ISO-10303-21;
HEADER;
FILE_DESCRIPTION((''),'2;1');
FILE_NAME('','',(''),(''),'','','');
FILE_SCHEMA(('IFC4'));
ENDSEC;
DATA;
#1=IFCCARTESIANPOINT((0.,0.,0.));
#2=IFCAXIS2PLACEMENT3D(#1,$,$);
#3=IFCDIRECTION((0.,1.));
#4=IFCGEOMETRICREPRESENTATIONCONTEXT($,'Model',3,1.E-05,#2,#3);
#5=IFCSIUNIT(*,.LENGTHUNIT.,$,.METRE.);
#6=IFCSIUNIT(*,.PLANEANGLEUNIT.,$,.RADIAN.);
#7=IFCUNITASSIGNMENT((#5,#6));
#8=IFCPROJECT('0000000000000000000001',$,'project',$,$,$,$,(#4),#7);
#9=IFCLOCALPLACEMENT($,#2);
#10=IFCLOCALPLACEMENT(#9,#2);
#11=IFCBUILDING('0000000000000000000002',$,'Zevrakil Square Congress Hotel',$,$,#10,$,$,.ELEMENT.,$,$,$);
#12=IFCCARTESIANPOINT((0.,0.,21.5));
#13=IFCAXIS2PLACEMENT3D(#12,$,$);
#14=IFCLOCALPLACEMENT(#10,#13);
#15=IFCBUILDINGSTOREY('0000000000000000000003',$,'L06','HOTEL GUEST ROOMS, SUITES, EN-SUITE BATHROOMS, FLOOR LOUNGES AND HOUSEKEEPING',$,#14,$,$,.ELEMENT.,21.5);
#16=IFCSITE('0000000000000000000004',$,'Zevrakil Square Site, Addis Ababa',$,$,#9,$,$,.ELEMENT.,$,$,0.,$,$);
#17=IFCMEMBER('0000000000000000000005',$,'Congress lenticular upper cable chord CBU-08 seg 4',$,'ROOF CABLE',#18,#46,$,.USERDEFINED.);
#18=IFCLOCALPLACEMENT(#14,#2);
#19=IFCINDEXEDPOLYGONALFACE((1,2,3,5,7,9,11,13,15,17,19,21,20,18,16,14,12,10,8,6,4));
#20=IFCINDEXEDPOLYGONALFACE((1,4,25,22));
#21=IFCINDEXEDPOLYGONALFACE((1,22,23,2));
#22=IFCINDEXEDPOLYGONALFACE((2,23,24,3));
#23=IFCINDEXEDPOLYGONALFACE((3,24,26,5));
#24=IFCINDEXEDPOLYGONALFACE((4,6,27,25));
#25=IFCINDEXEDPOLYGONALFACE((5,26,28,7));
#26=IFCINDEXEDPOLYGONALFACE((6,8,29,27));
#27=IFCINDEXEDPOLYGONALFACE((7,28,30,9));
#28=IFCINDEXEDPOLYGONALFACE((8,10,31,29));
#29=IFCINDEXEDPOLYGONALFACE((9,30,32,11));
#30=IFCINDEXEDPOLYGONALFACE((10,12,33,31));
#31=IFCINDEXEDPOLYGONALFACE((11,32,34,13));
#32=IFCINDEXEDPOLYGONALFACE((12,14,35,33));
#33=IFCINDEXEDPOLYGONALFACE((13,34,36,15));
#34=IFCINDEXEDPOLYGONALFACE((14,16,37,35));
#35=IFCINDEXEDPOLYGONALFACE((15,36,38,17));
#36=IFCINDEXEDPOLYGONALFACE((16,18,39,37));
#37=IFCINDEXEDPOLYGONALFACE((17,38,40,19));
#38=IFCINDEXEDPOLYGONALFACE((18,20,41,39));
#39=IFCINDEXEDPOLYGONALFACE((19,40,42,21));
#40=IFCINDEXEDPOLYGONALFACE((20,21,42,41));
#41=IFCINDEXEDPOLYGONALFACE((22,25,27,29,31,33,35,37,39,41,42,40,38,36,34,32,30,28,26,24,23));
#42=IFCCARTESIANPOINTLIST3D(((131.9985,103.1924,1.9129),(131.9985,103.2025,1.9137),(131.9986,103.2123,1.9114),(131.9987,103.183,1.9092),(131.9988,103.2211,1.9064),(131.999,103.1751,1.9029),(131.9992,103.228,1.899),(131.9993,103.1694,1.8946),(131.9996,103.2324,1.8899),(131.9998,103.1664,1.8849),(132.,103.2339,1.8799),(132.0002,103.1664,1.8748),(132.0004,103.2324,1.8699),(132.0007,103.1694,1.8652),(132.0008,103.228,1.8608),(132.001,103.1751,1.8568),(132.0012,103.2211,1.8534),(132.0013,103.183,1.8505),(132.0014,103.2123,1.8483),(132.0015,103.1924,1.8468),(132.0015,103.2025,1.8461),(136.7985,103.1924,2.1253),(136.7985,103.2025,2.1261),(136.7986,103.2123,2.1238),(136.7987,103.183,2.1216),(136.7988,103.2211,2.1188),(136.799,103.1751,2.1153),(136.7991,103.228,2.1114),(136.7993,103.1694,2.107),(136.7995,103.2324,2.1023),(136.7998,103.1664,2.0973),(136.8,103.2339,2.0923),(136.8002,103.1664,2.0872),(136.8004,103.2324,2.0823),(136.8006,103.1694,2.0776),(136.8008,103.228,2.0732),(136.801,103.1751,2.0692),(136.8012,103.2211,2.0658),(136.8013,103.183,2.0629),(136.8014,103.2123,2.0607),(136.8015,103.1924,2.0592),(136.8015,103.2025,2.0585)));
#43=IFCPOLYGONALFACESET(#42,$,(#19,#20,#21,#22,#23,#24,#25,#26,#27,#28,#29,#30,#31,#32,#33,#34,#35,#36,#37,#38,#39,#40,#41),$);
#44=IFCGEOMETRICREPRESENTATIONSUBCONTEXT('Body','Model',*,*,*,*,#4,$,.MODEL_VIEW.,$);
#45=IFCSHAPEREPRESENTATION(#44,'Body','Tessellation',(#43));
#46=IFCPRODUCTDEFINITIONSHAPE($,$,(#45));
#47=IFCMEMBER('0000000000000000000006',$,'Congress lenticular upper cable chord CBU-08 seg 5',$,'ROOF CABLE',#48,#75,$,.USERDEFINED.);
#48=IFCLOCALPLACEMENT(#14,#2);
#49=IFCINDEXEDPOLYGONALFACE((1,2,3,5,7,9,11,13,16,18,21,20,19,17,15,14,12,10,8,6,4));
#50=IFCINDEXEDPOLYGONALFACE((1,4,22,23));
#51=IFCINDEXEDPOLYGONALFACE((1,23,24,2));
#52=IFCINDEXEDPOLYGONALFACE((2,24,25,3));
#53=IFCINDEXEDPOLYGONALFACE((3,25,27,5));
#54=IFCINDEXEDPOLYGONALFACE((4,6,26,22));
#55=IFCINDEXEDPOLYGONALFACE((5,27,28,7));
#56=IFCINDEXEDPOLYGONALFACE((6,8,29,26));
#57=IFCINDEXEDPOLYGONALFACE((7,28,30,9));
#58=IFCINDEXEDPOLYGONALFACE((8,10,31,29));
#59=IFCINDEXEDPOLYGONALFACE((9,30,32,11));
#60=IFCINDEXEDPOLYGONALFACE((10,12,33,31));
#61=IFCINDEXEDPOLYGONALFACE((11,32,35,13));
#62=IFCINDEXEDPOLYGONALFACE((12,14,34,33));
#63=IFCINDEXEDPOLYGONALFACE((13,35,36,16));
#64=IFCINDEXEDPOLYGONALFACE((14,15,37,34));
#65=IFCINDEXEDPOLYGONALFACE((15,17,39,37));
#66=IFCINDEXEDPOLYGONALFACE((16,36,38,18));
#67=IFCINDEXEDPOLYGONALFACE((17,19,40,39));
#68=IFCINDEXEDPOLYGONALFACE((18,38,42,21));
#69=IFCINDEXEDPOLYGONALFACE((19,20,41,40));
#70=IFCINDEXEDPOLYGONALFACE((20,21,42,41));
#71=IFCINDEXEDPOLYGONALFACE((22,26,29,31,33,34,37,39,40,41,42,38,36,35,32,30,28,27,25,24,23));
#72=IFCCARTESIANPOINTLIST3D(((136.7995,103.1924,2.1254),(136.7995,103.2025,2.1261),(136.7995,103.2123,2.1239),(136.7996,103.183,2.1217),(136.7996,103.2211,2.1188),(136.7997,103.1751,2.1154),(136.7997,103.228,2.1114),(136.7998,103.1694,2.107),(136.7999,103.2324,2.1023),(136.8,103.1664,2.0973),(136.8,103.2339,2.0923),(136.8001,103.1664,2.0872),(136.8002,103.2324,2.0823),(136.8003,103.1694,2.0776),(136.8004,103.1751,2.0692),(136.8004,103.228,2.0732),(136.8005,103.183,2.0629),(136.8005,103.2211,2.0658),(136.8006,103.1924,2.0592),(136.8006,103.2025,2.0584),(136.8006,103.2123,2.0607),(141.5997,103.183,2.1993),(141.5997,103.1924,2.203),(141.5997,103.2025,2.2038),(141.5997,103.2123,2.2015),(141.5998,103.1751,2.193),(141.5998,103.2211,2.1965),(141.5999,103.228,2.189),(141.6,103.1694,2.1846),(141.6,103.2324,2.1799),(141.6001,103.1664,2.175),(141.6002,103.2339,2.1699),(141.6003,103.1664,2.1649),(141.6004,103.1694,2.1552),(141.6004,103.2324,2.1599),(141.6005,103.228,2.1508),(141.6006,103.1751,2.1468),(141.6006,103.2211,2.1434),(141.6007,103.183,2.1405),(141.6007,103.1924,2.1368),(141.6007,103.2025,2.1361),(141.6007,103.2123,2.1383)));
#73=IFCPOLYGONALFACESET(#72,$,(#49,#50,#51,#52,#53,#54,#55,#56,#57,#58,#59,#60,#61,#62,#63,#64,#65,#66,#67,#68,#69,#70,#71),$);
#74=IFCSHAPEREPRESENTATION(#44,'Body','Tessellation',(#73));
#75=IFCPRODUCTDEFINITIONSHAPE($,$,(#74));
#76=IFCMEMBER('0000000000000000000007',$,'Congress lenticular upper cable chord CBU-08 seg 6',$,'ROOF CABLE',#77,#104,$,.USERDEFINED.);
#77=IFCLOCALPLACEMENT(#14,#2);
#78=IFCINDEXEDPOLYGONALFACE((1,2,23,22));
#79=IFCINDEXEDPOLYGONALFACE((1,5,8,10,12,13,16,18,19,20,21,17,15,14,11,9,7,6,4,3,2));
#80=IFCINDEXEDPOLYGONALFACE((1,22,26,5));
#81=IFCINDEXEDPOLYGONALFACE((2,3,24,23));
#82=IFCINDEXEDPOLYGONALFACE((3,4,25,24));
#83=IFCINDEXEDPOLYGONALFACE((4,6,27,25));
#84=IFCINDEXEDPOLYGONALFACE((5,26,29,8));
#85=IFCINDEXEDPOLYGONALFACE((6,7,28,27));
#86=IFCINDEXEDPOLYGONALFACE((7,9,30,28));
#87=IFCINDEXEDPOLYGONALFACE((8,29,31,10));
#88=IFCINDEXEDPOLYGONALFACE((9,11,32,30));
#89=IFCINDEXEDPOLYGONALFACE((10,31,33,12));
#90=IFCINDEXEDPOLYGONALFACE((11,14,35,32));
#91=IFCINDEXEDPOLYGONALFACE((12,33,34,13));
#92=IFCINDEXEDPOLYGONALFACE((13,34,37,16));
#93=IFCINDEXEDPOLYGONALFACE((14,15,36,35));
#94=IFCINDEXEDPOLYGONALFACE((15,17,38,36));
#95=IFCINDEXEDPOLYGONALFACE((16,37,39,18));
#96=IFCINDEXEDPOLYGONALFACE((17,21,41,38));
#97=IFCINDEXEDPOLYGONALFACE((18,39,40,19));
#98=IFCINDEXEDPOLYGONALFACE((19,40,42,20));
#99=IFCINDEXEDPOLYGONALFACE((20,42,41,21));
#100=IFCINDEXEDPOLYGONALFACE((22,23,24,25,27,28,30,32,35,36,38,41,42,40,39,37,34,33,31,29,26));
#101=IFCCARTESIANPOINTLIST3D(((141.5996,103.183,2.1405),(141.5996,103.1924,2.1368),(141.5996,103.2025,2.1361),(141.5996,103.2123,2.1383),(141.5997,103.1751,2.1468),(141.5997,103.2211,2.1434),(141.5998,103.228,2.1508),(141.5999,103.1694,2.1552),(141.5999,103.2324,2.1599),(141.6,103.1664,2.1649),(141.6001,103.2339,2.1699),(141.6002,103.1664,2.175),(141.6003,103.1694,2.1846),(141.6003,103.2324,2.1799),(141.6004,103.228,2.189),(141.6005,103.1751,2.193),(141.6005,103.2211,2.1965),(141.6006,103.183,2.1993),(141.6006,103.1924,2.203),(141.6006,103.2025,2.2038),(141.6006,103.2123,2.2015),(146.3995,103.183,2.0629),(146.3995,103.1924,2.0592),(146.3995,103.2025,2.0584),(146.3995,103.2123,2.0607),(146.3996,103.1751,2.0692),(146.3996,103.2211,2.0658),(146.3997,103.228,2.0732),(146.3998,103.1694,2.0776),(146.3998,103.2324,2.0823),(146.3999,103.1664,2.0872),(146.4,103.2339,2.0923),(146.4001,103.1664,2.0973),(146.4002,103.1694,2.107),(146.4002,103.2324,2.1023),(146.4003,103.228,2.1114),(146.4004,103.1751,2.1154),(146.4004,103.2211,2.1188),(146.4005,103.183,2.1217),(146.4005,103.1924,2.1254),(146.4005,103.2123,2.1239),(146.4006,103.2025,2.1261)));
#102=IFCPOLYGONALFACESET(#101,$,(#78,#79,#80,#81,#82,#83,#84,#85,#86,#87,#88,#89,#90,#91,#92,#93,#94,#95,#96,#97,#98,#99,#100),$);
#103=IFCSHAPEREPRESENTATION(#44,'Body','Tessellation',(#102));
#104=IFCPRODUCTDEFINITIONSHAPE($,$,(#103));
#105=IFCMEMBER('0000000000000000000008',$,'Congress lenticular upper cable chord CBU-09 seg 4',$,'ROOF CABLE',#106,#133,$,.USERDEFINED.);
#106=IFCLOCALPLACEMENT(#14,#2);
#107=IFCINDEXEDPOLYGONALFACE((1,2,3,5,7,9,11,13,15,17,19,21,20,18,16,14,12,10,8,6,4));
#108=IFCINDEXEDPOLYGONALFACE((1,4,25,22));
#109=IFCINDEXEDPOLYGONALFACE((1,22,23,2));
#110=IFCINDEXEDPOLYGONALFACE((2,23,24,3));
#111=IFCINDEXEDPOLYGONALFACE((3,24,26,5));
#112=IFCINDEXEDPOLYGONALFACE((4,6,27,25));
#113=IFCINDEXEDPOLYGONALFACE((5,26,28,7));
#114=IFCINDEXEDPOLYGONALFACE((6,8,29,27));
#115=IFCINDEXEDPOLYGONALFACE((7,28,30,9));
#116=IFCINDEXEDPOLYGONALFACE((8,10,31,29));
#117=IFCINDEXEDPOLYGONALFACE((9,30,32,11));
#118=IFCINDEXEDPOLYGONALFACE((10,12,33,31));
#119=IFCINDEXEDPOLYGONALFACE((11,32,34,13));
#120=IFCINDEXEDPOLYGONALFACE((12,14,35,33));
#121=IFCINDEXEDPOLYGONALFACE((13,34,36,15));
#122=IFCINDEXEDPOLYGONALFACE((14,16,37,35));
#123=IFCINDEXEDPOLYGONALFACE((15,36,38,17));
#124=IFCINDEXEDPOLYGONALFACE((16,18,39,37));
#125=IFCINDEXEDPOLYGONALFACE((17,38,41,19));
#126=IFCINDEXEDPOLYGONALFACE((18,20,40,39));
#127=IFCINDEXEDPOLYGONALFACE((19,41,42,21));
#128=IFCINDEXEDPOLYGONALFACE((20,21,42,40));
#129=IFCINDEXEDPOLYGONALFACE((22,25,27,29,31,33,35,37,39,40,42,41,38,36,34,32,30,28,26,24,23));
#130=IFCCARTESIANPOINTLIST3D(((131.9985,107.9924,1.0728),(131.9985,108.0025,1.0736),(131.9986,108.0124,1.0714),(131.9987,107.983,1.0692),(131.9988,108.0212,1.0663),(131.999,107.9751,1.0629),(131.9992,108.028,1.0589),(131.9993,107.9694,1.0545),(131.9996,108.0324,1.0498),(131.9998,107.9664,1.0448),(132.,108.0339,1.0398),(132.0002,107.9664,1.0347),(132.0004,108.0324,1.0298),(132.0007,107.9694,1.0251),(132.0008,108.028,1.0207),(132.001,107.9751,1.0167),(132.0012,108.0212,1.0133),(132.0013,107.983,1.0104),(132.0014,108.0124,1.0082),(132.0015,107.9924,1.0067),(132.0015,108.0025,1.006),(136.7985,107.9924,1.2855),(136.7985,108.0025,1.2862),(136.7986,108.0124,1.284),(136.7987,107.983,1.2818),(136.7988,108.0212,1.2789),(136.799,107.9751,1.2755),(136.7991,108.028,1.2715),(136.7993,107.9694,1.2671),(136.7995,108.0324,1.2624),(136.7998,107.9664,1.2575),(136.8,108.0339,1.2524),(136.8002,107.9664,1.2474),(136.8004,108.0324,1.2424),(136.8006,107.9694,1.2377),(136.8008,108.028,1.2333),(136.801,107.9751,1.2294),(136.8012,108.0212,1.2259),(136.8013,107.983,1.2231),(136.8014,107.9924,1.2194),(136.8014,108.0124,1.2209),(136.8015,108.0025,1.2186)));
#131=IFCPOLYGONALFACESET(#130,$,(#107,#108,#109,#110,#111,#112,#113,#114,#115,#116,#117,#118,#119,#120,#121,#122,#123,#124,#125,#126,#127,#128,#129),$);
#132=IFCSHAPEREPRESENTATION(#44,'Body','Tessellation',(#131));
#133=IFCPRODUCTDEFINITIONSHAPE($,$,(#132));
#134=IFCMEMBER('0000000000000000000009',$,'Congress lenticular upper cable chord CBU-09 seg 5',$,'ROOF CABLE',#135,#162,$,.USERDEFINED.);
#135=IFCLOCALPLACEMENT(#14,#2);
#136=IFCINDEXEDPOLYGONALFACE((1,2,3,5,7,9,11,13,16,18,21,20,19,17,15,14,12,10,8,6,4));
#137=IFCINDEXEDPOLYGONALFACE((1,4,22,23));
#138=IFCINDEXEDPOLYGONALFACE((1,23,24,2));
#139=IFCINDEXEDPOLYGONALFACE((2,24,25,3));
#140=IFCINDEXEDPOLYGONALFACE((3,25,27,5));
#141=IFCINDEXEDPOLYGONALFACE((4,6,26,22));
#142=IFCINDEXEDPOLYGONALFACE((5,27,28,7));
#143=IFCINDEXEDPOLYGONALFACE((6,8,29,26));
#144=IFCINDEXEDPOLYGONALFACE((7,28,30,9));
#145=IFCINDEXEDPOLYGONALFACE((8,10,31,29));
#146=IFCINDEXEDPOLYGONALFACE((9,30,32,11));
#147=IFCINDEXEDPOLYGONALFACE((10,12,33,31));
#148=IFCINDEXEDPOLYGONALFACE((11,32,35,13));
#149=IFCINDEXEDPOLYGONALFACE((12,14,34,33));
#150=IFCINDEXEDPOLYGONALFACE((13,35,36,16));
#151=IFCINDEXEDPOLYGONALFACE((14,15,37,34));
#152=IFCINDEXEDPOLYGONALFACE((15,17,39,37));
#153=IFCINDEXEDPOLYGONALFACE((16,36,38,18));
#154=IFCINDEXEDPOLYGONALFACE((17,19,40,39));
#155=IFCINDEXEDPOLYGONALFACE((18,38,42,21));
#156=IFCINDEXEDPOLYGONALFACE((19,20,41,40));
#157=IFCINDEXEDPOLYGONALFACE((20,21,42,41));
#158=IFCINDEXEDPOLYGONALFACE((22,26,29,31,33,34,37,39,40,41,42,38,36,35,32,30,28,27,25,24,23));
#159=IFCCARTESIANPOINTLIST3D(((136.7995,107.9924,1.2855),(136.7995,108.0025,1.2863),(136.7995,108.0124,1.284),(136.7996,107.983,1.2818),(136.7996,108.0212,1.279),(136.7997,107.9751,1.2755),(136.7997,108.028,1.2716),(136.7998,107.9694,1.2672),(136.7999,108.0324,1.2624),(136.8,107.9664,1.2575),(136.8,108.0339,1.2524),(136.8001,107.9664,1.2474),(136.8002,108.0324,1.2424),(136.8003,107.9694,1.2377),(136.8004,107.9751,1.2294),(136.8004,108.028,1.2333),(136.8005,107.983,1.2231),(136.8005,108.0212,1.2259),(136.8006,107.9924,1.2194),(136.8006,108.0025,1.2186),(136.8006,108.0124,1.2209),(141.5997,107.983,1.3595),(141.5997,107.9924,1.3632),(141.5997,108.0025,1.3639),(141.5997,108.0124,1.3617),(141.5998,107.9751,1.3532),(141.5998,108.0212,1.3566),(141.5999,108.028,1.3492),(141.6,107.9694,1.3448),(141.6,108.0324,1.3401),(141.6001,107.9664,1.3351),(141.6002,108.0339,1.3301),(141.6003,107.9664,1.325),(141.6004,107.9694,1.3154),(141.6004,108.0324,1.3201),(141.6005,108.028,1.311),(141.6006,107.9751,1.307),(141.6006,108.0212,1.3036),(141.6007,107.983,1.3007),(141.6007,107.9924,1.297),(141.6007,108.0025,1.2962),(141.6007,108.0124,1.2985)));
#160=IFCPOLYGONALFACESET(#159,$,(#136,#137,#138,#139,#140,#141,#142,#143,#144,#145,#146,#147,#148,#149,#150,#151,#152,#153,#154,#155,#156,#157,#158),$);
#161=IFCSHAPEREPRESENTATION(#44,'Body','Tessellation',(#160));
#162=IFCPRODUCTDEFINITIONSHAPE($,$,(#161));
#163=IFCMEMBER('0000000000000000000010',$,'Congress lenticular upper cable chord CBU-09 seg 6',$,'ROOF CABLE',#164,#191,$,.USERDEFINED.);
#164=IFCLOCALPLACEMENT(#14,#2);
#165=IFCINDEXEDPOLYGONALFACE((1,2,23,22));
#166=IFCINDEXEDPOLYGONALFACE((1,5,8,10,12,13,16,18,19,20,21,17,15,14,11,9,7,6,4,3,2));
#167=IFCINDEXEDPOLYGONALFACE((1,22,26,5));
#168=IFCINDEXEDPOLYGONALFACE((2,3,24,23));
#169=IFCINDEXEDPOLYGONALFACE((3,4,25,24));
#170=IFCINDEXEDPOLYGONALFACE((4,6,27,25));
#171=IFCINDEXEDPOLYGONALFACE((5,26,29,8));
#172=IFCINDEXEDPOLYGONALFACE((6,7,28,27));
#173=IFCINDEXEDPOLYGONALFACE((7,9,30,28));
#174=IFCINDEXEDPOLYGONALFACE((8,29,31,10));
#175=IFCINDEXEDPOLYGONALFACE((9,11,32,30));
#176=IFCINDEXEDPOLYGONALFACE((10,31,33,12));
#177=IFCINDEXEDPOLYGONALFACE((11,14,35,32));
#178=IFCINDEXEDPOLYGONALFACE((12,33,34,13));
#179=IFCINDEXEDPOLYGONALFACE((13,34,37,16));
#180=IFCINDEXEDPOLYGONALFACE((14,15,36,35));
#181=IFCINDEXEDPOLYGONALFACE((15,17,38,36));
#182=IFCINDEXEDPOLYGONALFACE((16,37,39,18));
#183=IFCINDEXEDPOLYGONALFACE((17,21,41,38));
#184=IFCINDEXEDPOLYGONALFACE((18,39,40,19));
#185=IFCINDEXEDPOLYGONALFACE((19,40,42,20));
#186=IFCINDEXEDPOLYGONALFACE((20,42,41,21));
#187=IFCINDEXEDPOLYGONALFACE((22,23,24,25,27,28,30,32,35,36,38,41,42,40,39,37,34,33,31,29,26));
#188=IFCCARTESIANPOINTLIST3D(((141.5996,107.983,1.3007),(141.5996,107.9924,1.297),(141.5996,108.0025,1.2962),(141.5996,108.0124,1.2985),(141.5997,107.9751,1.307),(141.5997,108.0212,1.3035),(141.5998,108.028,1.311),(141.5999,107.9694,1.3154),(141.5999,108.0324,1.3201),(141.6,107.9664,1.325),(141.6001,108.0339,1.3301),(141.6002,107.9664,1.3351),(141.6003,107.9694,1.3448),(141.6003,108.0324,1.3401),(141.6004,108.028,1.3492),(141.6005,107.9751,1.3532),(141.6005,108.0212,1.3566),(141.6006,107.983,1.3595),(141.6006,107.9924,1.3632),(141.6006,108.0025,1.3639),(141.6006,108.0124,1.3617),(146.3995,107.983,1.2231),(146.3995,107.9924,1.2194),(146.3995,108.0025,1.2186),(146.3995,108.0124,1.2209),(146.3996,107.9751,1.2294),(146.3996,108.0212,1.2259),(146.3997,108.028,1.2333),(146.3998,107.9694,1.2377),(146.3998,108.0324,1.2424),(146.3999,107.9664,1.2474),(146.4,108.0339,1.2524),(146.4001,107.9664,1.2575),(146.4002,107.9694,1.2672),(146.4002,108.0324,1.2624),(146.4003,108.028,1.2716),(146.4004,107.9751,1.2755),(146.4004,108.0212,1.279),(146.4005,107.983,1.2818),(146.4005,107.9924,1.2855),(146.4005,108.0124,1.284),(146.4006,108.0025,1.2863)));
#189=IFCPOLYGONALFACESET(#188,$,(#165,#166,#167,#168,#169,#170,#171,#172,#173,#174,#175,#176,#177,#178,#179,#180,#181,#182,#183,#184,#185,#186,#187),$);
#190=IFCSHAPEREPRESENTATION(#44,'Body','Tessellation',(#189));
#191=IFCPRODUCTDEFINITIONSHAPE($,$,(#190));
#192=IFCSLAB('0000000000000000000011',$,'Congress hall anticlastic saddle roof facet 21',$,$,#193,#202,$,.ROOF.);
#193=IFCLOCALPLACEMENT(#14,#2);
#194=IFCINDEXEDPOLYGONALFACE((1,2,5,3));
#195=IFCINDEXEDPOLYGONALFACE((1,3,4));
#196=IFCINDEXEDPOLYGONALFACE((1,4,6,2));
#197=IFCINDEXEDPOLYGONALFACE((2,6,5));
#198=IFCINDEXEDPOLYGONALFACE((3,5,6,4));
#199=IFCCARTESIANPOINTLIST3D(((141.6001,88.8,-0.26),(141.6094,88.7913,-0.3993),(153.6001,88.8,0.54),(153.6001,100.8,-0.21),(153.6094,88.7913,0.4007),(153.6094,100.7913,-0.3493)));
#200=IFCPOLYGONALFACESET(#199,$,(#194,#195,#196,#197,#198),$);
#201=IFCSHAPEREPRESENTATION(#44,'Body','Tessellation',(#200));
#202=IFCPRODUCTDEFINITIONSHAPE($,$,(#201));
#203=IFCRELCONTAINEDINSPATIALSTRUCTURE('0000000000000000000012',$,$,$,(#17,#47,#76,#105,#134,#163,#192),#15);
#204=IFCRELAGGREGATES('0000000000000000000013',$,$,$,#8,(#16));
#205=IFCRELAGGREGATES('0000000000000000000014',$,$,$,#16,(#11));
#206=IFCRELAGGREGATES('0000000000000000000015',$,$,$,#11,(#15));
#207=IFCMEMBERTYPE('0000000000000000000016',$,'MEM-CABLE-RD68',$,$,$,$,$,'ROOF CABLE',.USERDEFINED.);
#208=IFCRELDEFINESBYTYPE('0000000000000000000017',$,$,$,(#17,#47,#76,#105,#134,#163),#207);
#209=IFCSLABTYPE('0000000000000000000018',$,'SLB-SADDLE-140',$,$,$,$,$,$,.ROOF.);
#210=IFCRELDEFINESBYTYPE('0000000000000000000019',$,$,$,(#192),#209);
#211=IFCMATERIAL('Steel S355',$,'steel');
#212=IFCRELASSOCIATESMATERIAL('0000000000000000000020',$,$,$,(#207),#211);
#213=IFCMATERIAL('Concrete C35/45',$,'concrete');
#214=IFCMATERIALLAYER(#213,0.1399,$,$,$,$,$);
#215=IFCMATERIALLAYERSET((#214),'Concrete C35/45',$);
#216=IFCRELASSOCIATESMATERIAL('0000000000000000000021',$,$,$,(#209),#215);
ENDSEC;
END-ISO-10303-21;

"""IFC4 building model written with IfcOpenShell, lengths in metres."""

from ifc_helpers import new_model, si_unit, direction, frame, origin, origin_2d, place, context, subcontext, project, spatial, polyline, circle, outline, extrude, material, layer, layer_set, material_profile, profile_set, type_object, element, save


model = new_model("IFC4")

# Units and contexts
model_context = context("Model", 3, precision=1e-05, world=origin(), true_north=direction((0.0, 1.0)))
body_context = subcontext(model_context, "Body", "Model", "MODEL_VIEW")
ifc_project = project(units=[si_unit("LENGTHUNIT", "METRE"), si_unit("PLANEANGLEUNIT", "RADIAN")], contexts=[model_context])

# Site, building, storey
site_placement = place(None, origin())
site = spatial("IfcSite", under=ifc_project, at=site_placement, Name="Zevrakil Square Site, Addis Ababa", CompositionType="ELEMENT", RefElevation=0.0)
building_placement = place(site_placement, origin())
building = spatial("IfcBuilding", under=site, at=building_placement, Name="Zevrakil Square Congress Hotel", CompositionType="ELEMENT")
storey_placement = place(building_placement, frame((0.0, 0.0, 21.5)))
storey = spatial("IfcBuildingStorey", under=building, at=storey_placement, Name="L06", Description="HOTEL GUEST ROOMS, SUITES, EN-SUITE BATHROOMS, FLOOR LOUNGES AND HOUSEKEEPING", CompositionType="ELEMENT", Elevation=21.5)

# Members
ifc_material_1 = material(Name="Steel S355", Category="steel")
ifc_material_profile_1 = material_profile(ifc_material_1, circle(Radius=0.0339, at=origin_2d()), Name="CABLE RD68")
ifc_profile_set_1 = profile_set([ifc_material_profile_1], Name="Steel S355")
member_type_1 = type_object("IfcMemberType", Name="MEM-CABLE-RD68", ElementType="ROOF CABLE", PredefinedType="USERDEFINED", material=ifc_profile_set_1)
member_1_placement = place(storey_placement, frame((132.0, 103.2, 1.8799), z_axis=(0.999022, 0.0, 0.044207), x_axis=(0.0, 1.0, 0.0)))
element("IfcMember", 1, at=member_1_placement, inside=storey, type_object=member_type_1, Name="Congress lenticular upper cable chord CBU-08 seg 4", ObjectType="ROOF CABLE", PredefinedType="USERDEFINED", context=body_context, shape_type="SweptSolid", body=[
    extrude(circle(Radius=0.0339, at=origin_2d()), origin(), (0.0, 0.0, 1.0), 4.8047),
])
member_2_placement = place(storey_placement, frame((136.8, 103.2, 2.0923), z_axis=(0.999869, 0.0, 0.016172), x_axis=(0.0, 1.0, 0.0)))
element("IfcMember", 2, at=member_2_placement, inside=storey, type_object=member_type_1, Name="Congress lenticular upper cable chord CBU-08 seg 5", ObjectType="ROOF CABLE", PredefinedType="USERDEFINED", context=body_context, shape_type="SweptSolid", body=[
    extrude(circle(Radius=0.0339, at=origin_2d()), origin(), (0.0, 0.0, 1.0), 4.8008),
])
member_3_placement = place(storey_placement, frame((141.6001, 103.2, 2.1699), z_axis=(0.999869, 0.0, -0.016173), x_axis=(0.0, 1.0, 0.0)))
element("IfcMember", 3, at=member_3_placement, inside=storey, type_object=member_type_1, Name="Congress lenticular upper cable chord CBU-08 seg 6", ObjectType="ROOF CABLE", PredefinedType="USERDEFINED", context=body_context, shape_type="SweptSolid", body=[
    extrude(circle(Radius=0.0339, at=origin_2d()), origin(), (0.0, 0.0, 1.0), 4.8005),
])
member_4_placement = place(storey_placement, frame((132.0, 108.0, 1.0398), z_axis=(0.99902, 0.0, 0.044257), x_axis=(0.0, 1.0, 0.0)))
element("IfcMember", 4, at=member_4_placement, inside=storey, type_object=member_type_1, Name="Congress lenticular upper cable chord CBU-09 seg 4", ObjectType="ROOF CABLE", PredefinedType="USERDEFINED", context=body_context, shape_type="SweptSolid", body=[
    extrude(circle(Radius=0.0339, at=origin_2d()), origin(), (0.0, 0.0, 1.0), 4.8047),
])
member_5_placement = place(storey_placement, frame((136.8, 108.0, 1.2524), z_axis=(0.999869, 0.0, 0.016172), x_axis=(0.0, 1.0, 0.0)))
element("IfcMember", 5, at=member_5_placement, inside=storey, type_object=member_type_1, Name="Congress lenticular upper cable chord CBU-09 seg 5", ObjectType="ROOF CABLE", PredefinedType="USERDEFINED", context=body_context, shape_type="SweptSolid", body=[
    extrude(circle(Radius=0.0339, at=origin_2d()), origin(), (0.0, 0.0, 1.0), 4.8008),
])
member_6_placement = place(storey_placement, frame((141.6001, 108.0, 1.3301), z_axis=(0.999869, 0.0, -0.016173), x_axis=(0.0, 1.0, 0.0)))
element("IfcMember", 6, at=member_6_placement, inside=storey, type_object=member_type_1, Name="Congress lenticular upper cable chord CBU-09 seg 6", ObjectType="ROOF CABLE", PredefinedType="USERDEFINED", context=body_context, shape_type="SweptSolid", body=[
    extrude(circle(Radius=0.0339, at=origin_2d()), origin(), (0.0, 0.0, 1.0), 4.8005),
])

# Slab
ifc_material_2 = material(Name="Concrete C35/45", Category="concrete")
ifc_layer = layer(ifc_material_2, 0.1399)
ifc_layer_set = layer_set([ifc_layer], Name="Concrete C35/45")
slab_type = type_object("IfcSlabType", Name="SLB-SADDLE-140", PredefinedType="ROOF", material=ifc_layer_set)
slab_placement = place(storey_placement, frame((141.6001, 88.8, -0.26), z_axis=(-0.066394, 0.062241, 0.99585), x_axis=(0.997785, 0.0, 0.066523)))
element("IfcSlab", 7, at=slab_placement, inside=storey, type_object=slab_type, Name="Congress hall anticlastic saddle roof facet 21", PredefinedType="ROOF", context=body_context, shape_type="SweptSolid", body=[
    extrude(outline(polyline([(0.0, 0.0), (12.0266, 0.0), (11.9767, 12.0233), (0.0, 0.0)])), origin(), (0.0, 0.0, -1.0), 0.1399),
])

save(model, "model.ifc")
